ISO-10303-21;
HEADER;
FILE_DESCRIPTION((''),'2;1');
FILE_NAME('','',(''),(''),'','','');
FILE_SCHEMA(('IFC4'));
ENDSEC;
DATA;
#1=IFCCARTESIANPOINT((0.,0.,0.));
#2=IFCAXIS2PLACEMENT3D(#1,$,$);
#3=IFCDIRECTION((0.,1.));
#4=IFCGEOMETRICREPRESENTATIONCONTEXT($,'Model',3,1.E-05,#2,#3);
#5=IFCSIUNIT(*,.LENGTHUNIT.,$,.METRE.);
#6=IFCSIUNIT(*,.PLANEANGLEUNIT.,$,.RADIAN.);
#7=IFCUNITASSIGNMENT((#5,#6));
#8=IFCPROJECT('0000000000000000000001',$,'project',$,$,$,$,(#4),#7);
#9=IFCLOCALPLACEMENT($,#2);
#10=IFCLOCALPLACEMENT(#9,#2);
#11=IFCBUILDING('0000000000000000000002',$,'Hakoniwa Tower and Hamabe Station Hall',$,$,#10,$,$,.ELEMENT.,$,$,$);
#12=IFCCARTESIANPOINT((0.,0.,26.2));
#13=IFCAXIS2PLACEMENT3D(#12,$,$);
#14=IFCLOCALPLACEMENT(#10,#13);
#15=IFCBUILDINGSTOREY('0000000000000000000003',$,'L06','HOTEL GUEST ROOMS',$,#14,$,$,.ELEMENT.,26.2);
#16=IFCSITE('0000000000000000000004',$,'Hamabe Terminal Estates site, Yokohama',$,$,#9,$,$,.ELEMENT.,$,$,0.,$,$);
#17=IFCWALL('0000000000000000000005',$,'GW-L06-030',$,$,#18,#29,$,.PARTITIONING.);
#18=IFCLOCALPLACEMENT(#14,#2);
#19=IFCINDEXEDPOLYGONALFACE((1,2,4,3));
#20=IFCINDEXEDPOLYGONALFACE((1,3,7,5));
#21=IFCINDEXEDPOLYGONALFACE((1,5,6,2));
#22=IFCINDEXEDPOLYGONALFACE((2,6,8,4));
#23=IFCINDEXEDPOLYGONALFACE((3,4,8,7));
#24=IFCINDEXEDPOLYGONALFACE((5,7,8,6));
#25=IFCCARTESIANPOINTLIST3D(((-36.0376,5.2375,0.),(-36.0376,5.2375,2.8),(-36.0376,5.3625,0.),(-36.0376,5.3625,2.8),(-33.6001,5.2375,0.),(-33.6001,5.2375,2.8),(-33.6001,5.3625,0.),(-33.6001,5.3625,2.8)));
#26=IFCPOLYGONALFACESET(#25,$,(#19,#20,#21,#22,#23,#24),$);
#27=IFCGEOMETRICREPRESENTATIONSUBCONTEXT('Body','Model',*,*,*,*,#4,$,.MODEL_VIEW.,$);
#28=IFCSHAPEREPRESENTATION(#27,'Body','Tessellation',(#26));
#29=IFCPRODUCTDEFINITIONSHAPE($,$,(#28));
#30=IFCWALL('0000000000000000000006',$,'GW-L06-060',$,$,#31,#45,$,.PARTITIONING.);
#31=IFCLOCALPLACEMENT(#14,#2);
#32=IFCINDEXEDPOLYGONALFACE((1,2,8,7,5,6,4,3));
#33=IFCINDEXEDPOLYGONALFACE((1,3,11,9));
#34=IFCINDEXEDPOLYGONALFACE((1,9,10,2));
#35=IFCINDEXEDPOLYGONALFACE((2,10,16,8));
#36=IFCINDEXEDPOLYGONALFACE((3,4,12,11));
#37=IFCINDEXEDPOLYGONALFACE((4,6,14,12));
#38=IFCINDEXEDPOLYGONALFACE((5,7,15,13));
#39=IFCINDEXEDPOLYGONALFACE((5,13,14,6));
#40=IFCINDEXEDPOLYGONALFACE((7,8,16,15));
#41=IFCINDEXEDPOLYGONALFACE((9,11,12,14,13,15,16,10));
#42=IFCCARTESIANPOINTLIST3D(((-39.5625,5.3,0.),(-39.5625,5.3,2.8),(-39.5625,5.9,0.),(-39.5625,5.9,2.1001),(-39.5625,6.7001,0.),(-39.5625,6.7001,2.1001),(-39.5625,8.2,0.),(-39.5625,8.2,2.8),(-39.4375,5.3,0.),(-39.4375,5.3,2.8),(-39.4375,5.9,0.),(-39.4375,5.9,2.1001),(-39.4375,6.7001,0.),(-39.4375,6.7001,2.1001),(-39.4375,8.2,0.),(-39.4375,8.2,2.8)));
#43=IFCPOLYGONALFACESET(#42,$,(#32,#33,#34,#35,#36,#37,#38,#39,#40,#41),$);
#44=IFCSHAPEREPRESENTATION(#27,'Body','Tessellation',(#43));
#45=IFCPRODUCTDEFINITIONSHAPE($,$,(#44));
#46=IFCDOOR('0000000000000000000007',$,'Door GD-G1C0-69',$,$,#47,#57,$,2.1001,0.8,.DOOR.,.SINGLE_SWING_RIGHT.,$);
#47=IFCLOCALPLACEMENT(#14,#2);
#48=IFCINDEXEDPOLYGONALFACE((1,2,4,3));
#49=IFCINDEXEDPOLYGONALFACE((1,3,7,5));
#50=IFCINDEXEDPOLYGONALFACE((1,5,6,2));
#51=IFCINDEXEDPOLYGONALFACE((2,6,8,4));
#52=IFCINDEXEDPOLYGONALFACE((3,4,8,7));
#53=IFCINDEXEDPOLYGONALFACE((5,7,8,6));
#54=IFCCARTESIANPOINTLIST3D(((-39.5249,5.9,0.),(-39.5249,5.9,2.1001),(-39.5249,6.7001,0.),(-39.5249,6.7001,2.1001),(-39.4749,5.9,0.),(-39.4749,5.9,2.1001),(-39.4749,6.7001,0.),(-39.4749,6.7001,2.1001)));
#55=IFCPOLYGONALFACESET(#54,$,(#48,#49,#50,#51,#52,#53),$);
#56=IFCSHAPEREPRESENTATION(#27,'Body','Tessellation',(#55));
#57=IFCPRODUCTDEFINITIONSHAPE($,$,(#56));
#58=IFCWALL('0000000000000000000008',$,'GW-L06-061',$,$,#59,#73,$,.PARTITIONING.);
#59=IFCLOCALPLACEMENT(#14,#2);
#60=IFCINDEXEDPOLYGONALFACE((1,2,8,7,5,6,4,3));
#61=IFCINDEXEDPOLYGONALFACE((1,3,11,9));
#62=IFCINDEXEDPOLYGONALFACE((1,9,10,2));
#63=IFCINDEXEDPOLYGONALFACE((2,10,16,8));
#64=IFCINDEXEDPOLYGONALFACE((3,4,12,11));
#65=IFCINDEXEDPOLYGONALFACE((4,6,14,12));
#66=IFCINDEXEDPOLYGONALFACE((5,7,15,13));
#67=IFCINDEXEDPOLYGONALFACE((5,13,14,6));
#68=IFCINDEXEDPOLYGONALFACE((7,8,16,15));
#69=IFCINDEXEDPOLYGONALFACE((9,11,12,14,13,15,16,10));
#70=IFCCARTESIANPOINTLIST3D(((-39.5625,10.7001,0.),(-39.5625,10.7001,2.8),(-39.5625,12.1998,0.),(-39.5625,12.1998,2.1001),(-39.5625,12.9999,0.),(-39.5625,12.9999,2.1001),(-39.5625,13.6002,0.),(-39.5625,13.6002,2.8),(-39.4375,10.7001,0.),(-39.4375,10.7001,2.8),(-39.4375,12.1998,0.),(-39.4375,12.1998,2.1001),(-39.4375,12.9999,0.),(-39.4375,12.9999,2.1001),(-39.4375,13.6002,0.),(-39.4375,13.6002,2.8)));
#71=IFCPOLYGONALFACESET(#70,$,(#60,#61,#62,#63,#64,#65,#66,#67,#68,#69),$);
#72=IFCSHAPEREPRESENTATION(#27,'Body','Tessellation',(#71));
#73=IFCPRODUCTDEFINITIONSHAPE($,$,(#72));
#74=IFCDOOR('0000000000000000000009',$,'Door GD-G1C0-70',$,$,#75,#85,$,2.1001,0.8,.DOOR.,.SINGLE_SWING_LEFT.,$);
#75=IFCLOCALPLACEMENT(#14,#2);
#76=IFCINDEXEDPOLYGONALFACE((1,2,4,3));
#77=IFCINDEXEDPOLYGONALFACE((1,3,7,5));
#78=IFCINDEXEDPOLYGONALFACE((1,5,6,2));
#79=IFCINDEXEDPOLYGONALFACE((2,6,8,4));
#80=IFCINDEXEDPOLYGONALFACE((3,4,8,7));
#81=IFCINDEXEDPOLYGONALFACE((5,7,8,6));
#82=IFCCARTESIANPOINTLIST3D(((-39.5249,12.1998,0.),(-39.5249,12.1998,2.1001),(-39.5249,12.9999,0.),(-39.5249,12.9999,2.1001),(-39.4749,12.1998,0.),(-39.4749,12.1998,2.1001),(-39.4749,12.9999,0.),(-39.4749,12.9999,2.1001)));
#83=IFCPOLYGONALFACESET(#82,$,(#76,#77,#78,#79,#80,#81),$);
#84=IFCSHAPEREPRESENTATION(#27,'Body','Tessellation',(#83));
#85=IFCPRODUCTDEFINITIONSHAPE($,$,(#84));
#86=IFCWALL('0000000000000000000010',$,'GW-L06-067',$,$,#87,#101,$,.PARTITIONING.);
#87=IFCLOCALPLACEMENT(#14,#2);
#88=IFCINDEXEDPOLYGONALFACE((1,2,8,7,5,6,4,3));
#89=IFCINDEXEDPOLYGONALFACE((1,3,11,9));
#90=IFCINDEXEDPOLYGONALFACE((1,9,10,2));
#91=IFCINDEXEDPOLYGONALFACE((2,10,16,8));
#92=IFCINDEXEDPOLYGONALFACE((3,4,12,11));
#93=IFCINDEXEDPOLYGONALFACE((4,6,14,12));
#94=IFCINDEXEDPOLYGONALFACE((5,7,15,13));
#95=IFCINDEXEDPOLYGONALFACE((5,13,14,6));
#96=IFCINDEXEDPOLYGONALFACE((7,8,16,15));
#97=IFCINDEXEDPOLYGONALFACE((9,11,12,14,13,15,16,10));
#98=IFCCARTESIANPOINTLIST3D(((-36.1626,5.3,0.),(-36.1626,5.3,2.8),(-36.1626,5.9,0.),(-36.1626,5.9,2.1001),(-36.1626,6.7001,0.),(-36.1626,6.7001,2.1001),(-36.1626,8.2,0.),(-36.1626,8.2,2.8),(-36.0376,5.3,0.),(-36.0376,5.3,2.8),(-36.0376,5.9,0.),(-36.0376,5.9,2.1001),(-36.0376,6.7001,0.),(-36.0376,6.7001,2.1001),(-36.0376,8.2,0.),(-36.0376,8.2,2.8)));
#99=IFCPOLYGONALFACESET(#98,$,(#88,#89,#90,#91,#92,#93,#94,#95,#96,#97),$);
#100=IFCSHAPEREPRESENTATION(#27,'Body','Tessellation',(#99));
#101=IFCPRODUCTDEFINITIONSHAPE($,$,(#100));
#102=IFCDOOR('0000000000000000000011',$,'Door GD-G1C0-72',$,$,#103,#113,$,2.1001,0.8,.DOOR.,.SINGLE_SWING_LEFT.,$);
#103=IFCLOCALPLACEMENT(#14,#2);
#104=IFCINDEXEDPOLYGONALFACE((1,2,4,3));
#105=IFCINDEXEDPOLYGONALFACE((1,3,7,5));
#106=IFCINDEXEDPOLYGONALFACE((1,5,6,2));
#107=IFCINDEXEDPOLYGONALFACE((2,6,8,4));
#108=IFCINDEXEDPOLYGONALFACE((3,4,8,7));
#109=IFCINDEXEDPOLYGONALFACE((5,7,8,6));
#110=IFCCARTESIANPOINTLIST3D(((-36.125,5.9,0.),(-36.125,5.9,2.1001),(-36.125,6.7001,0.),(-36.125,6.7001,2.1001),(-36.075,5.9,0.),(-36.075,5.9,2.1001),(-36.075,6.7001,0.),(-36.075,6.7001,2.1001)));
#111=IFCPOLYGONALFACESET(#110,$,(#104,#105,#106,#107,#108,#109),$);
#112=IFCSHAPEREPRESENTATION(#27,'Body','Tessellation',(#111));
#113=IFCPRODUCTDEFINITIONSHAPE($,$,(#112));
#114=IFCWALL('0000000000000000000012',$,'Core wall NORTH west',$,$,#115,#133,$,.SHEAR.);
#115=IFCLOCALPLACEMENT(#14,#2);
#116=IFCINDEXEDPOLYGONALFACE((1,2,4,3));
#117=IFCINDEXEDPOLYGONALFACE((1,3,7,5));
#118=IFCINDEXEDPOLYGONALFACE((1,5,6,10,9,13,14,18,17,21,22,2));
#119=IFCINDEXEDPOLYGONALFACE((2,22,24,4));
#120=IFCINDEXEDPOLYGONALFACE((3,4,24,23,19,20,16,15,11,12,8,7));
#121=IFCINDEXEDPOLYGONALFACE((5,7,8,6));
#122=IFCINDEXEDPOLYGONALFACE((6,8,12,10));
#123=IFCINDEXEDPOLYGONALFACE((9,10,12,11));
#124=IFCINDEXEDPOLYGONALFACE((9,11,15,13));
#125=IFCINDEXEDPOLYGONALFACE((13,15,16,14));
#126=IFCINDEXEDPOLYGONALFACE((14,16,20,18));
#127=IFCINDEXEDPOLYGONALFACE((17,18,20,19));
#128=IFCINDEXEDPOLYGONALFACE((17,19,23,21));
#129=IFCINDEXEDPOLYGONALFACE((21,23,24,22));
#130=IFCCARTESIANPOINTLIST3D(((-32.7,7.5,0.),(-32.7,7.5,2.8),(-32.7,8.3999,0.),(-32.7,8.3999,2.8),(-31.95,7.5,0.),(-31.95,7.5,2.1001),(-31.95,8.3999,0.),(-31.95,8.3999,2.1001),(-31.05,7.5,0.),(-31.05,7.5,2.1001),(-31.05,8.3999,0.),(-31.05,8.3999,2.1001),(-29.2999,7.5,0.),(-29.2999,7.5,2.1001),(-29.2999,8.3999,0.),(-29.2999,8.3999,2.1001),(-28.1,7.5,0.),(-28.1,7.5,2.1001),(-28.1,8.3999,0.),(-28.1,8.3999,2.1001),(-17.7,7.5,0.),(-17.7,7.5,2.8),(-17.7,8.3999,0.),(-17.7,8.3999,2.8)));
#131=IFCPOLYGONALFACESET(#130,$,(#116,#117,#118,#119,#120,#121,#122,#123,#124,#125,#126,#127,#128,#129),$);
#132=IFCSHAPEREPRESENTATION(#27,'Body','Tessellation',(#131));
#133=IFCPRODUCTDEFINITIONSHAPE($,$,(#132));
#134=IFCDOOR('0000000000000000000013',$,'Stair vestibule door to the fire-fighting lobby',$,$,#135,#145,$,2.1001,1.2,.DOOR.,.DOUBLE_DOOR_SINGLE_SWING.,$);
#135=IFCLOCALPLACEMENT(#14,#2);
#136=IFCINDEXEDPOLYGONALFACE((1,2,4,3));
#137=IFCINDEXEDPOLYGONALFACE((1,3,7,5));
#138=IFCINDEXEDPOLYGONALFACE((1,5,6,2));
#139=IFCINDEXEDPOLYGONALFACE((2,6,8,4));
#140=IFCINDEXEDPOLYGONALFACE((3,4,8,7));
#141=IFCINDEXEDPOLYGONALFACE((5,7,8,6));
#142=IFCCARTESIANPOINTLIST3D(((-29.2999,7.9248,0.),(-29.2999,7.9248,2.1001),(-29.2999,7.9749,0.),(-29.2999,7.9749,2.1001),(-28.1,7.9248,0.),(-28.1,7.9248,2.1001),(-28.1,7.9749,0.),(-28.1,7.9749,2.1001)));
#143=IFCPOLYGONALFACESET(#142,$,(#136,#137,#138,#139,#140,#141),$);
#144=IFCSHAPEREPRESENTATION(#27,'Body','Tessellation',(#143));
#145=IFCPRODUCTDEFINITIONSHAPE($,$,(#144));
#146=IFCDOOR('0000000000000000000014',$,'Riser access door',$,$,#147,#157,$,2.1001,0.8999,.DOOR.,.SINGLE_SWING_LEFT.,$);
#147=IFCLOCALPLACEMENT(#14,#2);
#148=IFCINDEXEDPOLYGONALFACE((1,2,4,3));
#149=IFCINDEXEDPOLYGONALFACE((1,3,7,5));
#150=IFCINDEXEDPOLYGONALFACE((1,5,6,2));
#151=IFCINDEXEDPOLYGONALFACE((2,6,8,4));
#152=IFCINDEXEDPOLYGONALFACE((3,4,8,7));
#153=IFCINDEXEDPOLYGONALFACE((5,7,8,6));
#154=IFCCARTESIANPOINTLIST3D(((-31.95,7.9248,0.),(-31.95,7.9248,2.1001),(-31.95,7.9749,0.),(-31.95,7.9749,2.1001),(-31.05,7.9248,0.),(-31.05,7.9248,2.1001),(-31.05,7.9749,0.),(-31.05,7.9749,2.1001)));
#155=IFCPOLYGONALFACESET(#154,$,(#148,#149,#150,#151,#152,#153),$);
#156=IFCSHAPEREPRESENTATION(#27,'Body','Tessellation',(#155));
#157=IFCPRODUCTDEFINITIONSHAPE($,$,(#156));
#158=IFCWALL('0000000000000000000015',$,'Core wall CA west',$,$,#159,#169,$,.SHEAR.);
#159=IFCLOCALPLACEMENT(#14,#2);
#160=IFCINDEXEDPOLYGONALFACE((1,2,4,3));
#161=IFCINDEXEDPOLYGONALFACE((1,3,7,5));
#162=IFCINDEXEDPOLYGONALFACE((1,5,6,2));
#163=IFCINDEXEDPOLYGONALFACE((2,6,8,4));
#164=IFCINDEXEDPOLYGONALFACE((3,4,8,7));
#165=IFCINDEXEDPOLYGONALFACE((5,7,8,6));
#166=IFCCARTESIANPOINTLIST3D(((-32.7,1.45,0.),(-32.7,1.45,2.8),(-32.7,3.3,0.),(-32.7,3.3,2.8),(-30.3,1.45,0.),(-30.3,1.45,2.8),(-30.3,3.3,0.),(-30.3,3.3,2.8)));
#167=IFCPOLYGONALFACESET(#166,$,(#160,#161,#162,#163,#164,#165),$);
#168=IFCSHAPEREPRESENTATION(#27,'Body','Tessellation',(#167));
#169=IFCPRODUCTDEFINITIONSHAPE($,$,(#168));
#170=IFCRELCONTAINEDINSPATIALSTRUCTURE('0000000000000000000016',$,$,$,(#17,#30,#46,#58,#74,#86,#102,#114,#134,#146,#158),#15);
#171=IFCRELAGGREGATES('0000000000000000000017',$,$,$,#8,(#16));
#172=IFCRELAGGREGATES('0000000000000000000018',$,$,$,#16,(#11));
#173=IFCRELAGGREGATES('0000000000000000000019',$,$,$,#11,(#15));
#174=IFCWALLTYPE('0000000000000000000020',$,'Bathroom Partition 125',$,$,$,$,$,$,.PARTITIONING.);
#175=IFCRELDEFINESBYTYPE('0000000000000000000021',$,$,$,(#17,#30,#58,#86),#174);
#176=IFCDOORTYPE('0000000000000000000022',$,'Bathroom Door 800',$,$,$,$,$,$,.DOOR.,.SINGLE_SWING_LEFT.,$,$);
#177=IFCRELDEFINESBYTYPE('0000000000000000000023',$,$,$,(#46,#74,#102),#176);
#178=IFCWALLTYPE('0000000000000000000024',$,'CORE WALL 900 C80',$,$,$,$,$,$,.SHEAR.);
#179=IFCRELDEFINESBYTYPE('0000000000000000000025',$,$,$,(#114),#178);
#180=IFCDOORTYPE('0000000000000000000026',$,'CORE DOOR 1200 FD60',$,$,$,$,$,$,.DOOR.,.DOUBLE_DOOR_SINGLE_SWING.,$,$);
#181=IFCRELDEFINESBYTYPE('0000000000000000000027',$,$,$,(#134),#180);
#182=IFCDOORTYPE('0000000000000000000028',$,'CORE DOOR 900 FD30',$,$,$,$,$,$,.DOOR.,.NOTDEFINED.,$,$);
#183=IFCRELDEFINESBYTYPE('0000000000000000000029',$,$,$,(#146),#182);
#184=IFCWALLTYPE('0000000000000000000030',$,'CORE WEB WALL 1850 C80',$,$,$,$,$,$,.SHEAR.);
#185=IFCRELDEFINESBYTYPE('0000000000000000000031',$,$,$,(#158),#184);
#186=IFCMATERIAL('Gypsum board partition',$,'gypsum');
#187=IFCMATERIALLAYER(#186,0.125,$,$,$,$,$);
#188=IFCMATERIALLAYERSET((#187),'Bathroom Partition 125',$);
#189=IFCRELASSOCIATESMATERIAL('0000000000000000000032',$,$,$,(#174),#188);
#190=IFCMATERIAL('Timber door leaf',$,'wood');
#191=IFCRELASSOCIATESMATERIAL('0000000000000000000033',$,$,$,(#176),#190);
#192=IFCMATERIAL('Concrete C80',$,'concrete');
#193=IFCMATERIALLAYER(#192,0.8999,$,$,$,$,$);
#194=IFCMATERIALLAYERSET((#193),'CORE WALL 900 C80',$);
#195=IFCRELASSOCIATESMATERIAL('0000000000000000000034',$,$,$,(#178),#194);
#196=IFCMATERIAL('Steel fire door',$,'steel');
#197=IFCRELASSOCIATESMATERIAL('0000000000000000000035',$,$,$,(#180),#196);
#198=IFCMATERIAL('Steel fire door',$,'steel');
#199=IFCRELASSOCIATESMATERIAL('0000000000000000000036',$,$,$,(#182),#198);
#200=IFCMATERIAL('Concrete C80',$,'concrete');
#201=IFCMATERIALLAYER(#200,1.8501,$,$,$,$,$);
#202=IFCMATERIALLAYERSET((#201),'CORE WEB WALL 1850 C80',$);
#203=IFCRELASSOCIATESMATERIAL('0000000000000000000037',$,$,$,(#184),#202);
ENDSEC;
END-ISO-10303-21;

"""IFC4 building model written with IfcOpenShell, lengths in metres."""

from ifc_helpers import new_model, si_unit, direction, frame, frame_2d, origin, place, context, subcontext, project, spatial, rectangle, extrude, material, layer, layer_set, type_object, element, fill, save


model = new_model("IFC4")

# Units and contexts
model_context = context("Model", 3, precision=1e-05, world=origin(), true_north=direction((0.0, 1.0)))
body_context = subcontext(model_context, "Body", "Model", "MODEL_VIEW")
ifc_project = project(units=[si_unit("LENGTHUNIT", "METRE"), si_unit("PLANEANGLEUNIT", "RADIAN")], contexts=[model_context])

# Site, building, storey
site_placement = place(None, origin())
site = spatial("IfcSite", under=ifc_project, at=site_placement, Name="Hamabe Terminal Estates site, Yokohama", CompositionType="ELEMENT", RefElevation=0.0)
building_placement = place(site_placement, origin())
building = spatial("IfcBuilding", under=site, at=building_placement, Name="Hakoniwa Tower and Hamabe Station Hall", CompositionType="ELEMENT")
storey_placement = place(building_placement, frame((0.0, 0.0, 26.2)))
storey = spatial("IfcBuildingStorey", under=building, at=storey_placement, Name="L06", Description="HOTEL GUEST ROOMS", CompositionType="ELEMENT", Elevation=26.2)

# Wall
ifc_material_1 = material(Name="Gypsum board partition", Category="gypsum")
ifc_layer_1 = layer(ifc_material_1, 0.125)
ifc_layer_set_1 = layer_set([ifc_layer_1], Name="Bathroom Partition 125")
wall_type_1 = type_object("IfcWallType", Name="Bathroom Partition 125", PredefinedType="PARTITIONING", material=ifc_layer_set_1)
wall_1_placement = place(storey_placement, frame((-36.0376, 5.3, 0.0), z_axis=(0.0, 0.0, 1.0), x_axis=(1.0, 0.0, 0.0)))
element("IfcWall", 1, at=wall_1_placement, inside=storey, type_object=wall_type_1, Name="GW-L06-030", PredefinedType="PARTITIONING", context=body_context, shape_type="SweptSolid", body=[
    extrude(rectangle(XDim=2.4375, YDim=0.125, at=frame_2d((1.2188, 0.0))), origin(), (0.0, 0.0, 1.0), 2.8),
])

# Walls, openings, doors
wall_2_placement = place(storey_placement, frame((-39.5, 5.3, 0.0), z_axis=(0.0, 0.0, 1.0), x_axis=(0.0, 1.0, 0.0)))
wall_2 = element("IfcWall", 2, at=wall_2_placement, inside=storey, type_object=wall_type_1, Name="GW-L06-060", PredefinedType="PARTITIONING", context=body_context, shape_type="SweptSolid", body=[
    extrude(rectangle(XDim=2.8999, YDim=0.125, at=frame_2d((1.45, 0.0))), origin(), (0.0, 0.0, 1.0), 2.8),
])
opening_1_placement = place(wall_2_placement, frame((0.6001, 0.0, 0.0)))
opening_1 = element("IfcOpeningElement", 3, at=opening_1_placement, cuts=wall_2, PredefinedType="OPENING", context=body_context, shape_type="SweptSolid", body=[
    extrude(rectangle(XDim=0.8, YDim=2.1001, at=frame_2d((0.3999, 1.05))), frame((0.0, 0.0725, 0.0), z_axis=(0.0, -1.0, 0.0), x_axis=(1.0, 0.0, 0.0)), (0.0, 0.0, 1.0), 0.145),
])
ifc_material_2 = material(Name="Timber door leaf", Category="wood")
door_type_1 = type_object("IfcDoorType", Name="Bathroom Door 800", OperationType="SINGLE_SWING_LEFT", PredefinedType="DOOR", material=ifc_material_2)
door_1_placement = place(opening_1_placement, origin())
door_1 = element("IfcDoor", 4, at=door_1_placement, inside=storey, type_object=door_type_1, Name="Door GD-G1C0-69", OperationType="SINGLE_SWING_RIGHT", OverallHeight=2.1001, OverallWidth=0.8, PredefinedType="DOOR", context=body_context, shape_type="SweptSolid", body=[
    extrude(rectangle(XDim=0.8, YDim=2.1001, at=frame_2d((0.3999, 1.05))), frame((0.0, 0.0249, 0.0), z_axis=(0.0, -1.0, 0.0), x_axis=(1.0, 0.0, 0.0)), (0.0, 0.0, 1.0), 0.05),
])
fill(opening_1, door_1)
wall_3_placement = place(storey_placement, frame((-39.5, 10.7, 0.0), z_axis=(0.0, 0.0, 1.0), x_axis=(0.0, 1.0, 0.0)))
wall_3 = element("IfcWall", 5, at=wall_3_placement, inside=storey, type_object=wall_type_1, Name="GW-L06-061", PredefinedType="PARTITIONING", context=body_context, shape_type="SweptSolid", body=[
    extrude(rectangle(XDim=2.9001, YDim=0.125, at=frame_2d((1.4502, 0.0))), origin(), (0.0, 0.0, 1.0), 2.8),
])
opening_2_placement = place(wall_3_placement, frame((1.5, 0.0, 0.0)))
opening_2 = element("IfcOpeningElement", 6, at=opening_2_placement, cuts=wall_3, PredefinedType="OPENING", context=body_context, shape_type="SweptSolid", body=[
    extrude(rectangle(XDim=0.8, YDim=2.1001, at=frame_2d((0.3999, 1.05))), frame((0.0, 0.0725, 0.0), z_axis=(0.0, -1.0, 0.0), x_axis=(1.0, 0.0, 0.0)), (0.0, 0.0, 1.0), 0.145),
])
door_2_placement = place(opening_2_placement, origin())
door_2 = element("IfcDoor", 7, at=door_2_placement, inside=storey, type_object=door_type_1, Name="Door GD-G1C0-70", OperationType="SINGLE_SWING_LEFT", OverallHeight=2.1001, OverallWidth=0.8, PredefinedType="DOOR", context=body_context, shape_type="SweptSolid", body=[
    extrude(rectangle(XDim=0.8, YDim=2.1001, at=frame_2d((0.3999, 1.05))), frame((0.0, 0.0249, 0.0), z_axis=(0.0, -1.0, 0.0), x_axis=(1.0, 0.0, 0.0)), (0.0, 0.0, 1.0), 0.05),
])
fill(opening_2, door_2)
wall_4_placement = place(storey_placement, frame((-36.1001, 5.3, 0.0), z_axis=(0.0, 0.0, 1.0), x_axis=(0.0, 1.0, 0.0)))
wall_4 = element("IfcWall", 8, at=wall_4_placement, inside=storey, type_object=wall_type_1, Name="GW-L06-067", PredefinedType="PARTITIONING", context=body_context, shape_type="SweptSolid", body=[
    extrude(rectangle(XDim=2.8999, YDim=0.125, at=frame_2d((1.45, 0.0))), origin(), (0.0, 0.0, 1.0), 2.8),
])
opening_3_placement = place(wall_4_placement, frame((0.6001, 0.0, 0.0)))
opening_3 = element("IfcOpeningElement", 9, at=opening_3_placement, cuts=wall_4, PredefinedType="OPENING", context=body_context, shape_type="SweptSolid", body=[
    extrude(rectangle(XDim=0.8, YDim=2.1001, at=frame_2d((0.3999, 1.05))), frame((0.0, 0.0725, 0.0), z_axis=(0.0, -1.0, 0.0), x_axis=(1.0, 0.0, 0.0)), (0.0, 0.0, 1.0), 0.145),
])
door_3_placement = place(opening_3_placement, origin())
door_3 = element("IfcDoor", 10, at=door_3_placement, inside=storey, type_object=door_type_1, Name="Door GD-G1C0-72", OperationType="SINGLE_SWING_LEFT", OverallHeight=2.1001, OverallWidth=0.8, PredefinedType="DOOR", context=body_context, shape_type="SweptSolid", body=[
    extrude(rectangle(XDim=0.8, YDim=2.1001, at=frame_2d((0.3999, 1.05))), frame((0.0, 0.0249, 0.0), z_axis=(0.0, -1.0, 0.0), x_axis=(1.0, 0.0, 0.0)), (0.0, 0.0, 1.0), 0.05),
])
fill(opening_3, door_3)

# Wall, openings, doors
ifc_material_3 = material(Name="Concrete C80", Category="concrete")
ifc_layer_2 = layer(ifc_material_3, 0.8999)
ifc_layer_set_2 = layer_set([ifc_layer_2], Name="CORE WALL 900 C80")
wall_type_2 = type_object("IfcWallType", Name="CORE WALL 900 C80", PredefinedType="SHEAR", material=ifc_layer_set_2)
wall_5_placement = place(storey_placement, frame((-32.7, 7.95, 0.0), z_axis=(0.0, 0.0, 1.0), x_axis=(1.0, 0.0, 0.0)))
wall_5 = element("IfcWall", 11, at=wall_5_placement, inside=storey, type_object=wall_type_2, Name="Core wall NORTH west", PredefinedType="SHEAR", context=body_context, shape_type="SweptSolid", body=[
    extrude(rectangle(XDim=15.0, YDim=0.8999, at=frame_2d((7.5, 0.0))), origin(), (0.0, 0.0, 1.0), 2.8),
])
opening_4_placement = place(wall_5_placement, frame((3.3999, 0.0, 0.0)))
opening_4 = element("IfcOpeningElement", 12, at=opening_4_placement, cuts=wall_5, PredefinedType="OPENING", context=body_context, shape_type="SweptSolid", body=[
    extrude(rectangle(XDim=1.2, YDim=2.1001, at=frame_2d((0.6001, 1.05))), frame((0.0, 0.46, 0.0), z_axis=(0.0, -1.0, 0.0), x_axis=(1.0, 0.0, 0.0)), (0.0, 0.0, 1.0), 0.9199),
])
opening_5_placement = place(wall_5_placement, frame((0.75, 0.0, 0.0)))
opening_5 = element("IfcOpeningElement", 13, at=opening_5_placement, cuts=wall_5, PredefinedType="OPENING", context=body_context, shape_type="SweptSolid", body=[
    extrude(rectangle(XDim=0.8999, YDim=2.1001, at=frame_2d((0.45, 1.05))), frame((0.0, 0.46, 0.0), z_axis=(0.0, -1.0, 0.0), x_axis=(1.0, 0.0, 0.0)), (0.0, 0.0, 1.0), 0.9199),
])
ifc_material_4 = material(Name="Steel fire door", Category="steel")
door_type_2 = type_object("IfcDoorType", Name="CORE DOOR 1200 FD60", OperationType="DOUBLE_DOOR_SINGLE_SWING", PredefinedType="DOOR", material=ifc_material_4)
door_4_placement = place(opening_4_placement, origin())
door_4 = element("IfcDoor", 14, at=door_4_placement, inside=storey, type_object=door_type_2, Name="Stair vestibule door to the fire-fighting lobby", OperationType="DOUBLE_DOOR_SINGLE_SWING", OverallHeight=2.1001, OverallWidth=1.2, PredefinedType="DOOR", context=body_context, shape_type="SweptSolid", body=[
    extrude(rectangle(XDim=1.2, YDim=2.1001, at=frame_2d((0.6001, 1.05))), frame((0.0, 0.0249, 0.0), z_axis=(0.0, -1.0, 0.0), x_axis=(1.0, 0.0, 0.0)), (0.0, 0.0, 1.0), 0.05),
])
fill(opening_4, door_4)
ifc_material_5 = material(Name="Steel fire door", Category="steel")
door_type_3 = type_object("IfcDoorType", Name="CORE DOOR 900 FD30", OperationType="NOTDEFINED", PredefinedType="DOOR", material=ifc_material_5)
door_5_placement = place(opening_5_placement, origin())
door_5 = element("IfcDoor", 15, at=door_5_placement, inside=storey, type_object=door_type_3, Name="Riser access door", OperationType="SINGLE_SWING_LEFT", OverallHeight=2.1001, OverallWidth=0.8999, PredefinedType="DOOR", context=body_context, shape_type="SweptSolid", body=[
    extrude(rectangle(XDim=0.8999, YDim=2.1001, at=frame_2d((0.45, 1.05))), frame((0.0, 0.0249, 0.0), z_axis=(0.0, -1.0, 0.0), x_axis=(1.0, 0.0, 0.0)), (0.0, 0.0, 1.0), 0.05),
])
fill(opening_5, door_5)

# Wall
ifc_material_6 = material(Name="Concrete C80", Category="concrete")
ifc_layer_3 = layer(ifc_material_6, 1.8501)
ifc_layer_set_3 = layer_set([ifc_layer_3], Name="CORE WEB WALL 1850 C80")
wall_type_3 = type_object("IfcWallType", Name="CORE WEB WALL 1850 C80", PredefinedType="SHEAR", material=ifc_layer_set_3)
wall_6_placement = place(storey_placement, frame((-32.7, 2.375, 0.0), z_axis=(0.0, 0.0, 1.0), x_axis=(1.0, 0.0, 0.0)))
element("IfcWall", 16, at=wall_6_placement, inside=storey, type_object=wall_type_3, Name="Core wall CA west", PredefinedType="SHEAR", context=body_context, shape_type="SweptSolid", body=[
    extrude(rectangle(XDim=2.3999, YDim=1.8501, at=frame_2d((1.2, 0.0))), origin(), (0.0, 0.0, 1.0), 2.8),
])

save(model, "model.ifc")
